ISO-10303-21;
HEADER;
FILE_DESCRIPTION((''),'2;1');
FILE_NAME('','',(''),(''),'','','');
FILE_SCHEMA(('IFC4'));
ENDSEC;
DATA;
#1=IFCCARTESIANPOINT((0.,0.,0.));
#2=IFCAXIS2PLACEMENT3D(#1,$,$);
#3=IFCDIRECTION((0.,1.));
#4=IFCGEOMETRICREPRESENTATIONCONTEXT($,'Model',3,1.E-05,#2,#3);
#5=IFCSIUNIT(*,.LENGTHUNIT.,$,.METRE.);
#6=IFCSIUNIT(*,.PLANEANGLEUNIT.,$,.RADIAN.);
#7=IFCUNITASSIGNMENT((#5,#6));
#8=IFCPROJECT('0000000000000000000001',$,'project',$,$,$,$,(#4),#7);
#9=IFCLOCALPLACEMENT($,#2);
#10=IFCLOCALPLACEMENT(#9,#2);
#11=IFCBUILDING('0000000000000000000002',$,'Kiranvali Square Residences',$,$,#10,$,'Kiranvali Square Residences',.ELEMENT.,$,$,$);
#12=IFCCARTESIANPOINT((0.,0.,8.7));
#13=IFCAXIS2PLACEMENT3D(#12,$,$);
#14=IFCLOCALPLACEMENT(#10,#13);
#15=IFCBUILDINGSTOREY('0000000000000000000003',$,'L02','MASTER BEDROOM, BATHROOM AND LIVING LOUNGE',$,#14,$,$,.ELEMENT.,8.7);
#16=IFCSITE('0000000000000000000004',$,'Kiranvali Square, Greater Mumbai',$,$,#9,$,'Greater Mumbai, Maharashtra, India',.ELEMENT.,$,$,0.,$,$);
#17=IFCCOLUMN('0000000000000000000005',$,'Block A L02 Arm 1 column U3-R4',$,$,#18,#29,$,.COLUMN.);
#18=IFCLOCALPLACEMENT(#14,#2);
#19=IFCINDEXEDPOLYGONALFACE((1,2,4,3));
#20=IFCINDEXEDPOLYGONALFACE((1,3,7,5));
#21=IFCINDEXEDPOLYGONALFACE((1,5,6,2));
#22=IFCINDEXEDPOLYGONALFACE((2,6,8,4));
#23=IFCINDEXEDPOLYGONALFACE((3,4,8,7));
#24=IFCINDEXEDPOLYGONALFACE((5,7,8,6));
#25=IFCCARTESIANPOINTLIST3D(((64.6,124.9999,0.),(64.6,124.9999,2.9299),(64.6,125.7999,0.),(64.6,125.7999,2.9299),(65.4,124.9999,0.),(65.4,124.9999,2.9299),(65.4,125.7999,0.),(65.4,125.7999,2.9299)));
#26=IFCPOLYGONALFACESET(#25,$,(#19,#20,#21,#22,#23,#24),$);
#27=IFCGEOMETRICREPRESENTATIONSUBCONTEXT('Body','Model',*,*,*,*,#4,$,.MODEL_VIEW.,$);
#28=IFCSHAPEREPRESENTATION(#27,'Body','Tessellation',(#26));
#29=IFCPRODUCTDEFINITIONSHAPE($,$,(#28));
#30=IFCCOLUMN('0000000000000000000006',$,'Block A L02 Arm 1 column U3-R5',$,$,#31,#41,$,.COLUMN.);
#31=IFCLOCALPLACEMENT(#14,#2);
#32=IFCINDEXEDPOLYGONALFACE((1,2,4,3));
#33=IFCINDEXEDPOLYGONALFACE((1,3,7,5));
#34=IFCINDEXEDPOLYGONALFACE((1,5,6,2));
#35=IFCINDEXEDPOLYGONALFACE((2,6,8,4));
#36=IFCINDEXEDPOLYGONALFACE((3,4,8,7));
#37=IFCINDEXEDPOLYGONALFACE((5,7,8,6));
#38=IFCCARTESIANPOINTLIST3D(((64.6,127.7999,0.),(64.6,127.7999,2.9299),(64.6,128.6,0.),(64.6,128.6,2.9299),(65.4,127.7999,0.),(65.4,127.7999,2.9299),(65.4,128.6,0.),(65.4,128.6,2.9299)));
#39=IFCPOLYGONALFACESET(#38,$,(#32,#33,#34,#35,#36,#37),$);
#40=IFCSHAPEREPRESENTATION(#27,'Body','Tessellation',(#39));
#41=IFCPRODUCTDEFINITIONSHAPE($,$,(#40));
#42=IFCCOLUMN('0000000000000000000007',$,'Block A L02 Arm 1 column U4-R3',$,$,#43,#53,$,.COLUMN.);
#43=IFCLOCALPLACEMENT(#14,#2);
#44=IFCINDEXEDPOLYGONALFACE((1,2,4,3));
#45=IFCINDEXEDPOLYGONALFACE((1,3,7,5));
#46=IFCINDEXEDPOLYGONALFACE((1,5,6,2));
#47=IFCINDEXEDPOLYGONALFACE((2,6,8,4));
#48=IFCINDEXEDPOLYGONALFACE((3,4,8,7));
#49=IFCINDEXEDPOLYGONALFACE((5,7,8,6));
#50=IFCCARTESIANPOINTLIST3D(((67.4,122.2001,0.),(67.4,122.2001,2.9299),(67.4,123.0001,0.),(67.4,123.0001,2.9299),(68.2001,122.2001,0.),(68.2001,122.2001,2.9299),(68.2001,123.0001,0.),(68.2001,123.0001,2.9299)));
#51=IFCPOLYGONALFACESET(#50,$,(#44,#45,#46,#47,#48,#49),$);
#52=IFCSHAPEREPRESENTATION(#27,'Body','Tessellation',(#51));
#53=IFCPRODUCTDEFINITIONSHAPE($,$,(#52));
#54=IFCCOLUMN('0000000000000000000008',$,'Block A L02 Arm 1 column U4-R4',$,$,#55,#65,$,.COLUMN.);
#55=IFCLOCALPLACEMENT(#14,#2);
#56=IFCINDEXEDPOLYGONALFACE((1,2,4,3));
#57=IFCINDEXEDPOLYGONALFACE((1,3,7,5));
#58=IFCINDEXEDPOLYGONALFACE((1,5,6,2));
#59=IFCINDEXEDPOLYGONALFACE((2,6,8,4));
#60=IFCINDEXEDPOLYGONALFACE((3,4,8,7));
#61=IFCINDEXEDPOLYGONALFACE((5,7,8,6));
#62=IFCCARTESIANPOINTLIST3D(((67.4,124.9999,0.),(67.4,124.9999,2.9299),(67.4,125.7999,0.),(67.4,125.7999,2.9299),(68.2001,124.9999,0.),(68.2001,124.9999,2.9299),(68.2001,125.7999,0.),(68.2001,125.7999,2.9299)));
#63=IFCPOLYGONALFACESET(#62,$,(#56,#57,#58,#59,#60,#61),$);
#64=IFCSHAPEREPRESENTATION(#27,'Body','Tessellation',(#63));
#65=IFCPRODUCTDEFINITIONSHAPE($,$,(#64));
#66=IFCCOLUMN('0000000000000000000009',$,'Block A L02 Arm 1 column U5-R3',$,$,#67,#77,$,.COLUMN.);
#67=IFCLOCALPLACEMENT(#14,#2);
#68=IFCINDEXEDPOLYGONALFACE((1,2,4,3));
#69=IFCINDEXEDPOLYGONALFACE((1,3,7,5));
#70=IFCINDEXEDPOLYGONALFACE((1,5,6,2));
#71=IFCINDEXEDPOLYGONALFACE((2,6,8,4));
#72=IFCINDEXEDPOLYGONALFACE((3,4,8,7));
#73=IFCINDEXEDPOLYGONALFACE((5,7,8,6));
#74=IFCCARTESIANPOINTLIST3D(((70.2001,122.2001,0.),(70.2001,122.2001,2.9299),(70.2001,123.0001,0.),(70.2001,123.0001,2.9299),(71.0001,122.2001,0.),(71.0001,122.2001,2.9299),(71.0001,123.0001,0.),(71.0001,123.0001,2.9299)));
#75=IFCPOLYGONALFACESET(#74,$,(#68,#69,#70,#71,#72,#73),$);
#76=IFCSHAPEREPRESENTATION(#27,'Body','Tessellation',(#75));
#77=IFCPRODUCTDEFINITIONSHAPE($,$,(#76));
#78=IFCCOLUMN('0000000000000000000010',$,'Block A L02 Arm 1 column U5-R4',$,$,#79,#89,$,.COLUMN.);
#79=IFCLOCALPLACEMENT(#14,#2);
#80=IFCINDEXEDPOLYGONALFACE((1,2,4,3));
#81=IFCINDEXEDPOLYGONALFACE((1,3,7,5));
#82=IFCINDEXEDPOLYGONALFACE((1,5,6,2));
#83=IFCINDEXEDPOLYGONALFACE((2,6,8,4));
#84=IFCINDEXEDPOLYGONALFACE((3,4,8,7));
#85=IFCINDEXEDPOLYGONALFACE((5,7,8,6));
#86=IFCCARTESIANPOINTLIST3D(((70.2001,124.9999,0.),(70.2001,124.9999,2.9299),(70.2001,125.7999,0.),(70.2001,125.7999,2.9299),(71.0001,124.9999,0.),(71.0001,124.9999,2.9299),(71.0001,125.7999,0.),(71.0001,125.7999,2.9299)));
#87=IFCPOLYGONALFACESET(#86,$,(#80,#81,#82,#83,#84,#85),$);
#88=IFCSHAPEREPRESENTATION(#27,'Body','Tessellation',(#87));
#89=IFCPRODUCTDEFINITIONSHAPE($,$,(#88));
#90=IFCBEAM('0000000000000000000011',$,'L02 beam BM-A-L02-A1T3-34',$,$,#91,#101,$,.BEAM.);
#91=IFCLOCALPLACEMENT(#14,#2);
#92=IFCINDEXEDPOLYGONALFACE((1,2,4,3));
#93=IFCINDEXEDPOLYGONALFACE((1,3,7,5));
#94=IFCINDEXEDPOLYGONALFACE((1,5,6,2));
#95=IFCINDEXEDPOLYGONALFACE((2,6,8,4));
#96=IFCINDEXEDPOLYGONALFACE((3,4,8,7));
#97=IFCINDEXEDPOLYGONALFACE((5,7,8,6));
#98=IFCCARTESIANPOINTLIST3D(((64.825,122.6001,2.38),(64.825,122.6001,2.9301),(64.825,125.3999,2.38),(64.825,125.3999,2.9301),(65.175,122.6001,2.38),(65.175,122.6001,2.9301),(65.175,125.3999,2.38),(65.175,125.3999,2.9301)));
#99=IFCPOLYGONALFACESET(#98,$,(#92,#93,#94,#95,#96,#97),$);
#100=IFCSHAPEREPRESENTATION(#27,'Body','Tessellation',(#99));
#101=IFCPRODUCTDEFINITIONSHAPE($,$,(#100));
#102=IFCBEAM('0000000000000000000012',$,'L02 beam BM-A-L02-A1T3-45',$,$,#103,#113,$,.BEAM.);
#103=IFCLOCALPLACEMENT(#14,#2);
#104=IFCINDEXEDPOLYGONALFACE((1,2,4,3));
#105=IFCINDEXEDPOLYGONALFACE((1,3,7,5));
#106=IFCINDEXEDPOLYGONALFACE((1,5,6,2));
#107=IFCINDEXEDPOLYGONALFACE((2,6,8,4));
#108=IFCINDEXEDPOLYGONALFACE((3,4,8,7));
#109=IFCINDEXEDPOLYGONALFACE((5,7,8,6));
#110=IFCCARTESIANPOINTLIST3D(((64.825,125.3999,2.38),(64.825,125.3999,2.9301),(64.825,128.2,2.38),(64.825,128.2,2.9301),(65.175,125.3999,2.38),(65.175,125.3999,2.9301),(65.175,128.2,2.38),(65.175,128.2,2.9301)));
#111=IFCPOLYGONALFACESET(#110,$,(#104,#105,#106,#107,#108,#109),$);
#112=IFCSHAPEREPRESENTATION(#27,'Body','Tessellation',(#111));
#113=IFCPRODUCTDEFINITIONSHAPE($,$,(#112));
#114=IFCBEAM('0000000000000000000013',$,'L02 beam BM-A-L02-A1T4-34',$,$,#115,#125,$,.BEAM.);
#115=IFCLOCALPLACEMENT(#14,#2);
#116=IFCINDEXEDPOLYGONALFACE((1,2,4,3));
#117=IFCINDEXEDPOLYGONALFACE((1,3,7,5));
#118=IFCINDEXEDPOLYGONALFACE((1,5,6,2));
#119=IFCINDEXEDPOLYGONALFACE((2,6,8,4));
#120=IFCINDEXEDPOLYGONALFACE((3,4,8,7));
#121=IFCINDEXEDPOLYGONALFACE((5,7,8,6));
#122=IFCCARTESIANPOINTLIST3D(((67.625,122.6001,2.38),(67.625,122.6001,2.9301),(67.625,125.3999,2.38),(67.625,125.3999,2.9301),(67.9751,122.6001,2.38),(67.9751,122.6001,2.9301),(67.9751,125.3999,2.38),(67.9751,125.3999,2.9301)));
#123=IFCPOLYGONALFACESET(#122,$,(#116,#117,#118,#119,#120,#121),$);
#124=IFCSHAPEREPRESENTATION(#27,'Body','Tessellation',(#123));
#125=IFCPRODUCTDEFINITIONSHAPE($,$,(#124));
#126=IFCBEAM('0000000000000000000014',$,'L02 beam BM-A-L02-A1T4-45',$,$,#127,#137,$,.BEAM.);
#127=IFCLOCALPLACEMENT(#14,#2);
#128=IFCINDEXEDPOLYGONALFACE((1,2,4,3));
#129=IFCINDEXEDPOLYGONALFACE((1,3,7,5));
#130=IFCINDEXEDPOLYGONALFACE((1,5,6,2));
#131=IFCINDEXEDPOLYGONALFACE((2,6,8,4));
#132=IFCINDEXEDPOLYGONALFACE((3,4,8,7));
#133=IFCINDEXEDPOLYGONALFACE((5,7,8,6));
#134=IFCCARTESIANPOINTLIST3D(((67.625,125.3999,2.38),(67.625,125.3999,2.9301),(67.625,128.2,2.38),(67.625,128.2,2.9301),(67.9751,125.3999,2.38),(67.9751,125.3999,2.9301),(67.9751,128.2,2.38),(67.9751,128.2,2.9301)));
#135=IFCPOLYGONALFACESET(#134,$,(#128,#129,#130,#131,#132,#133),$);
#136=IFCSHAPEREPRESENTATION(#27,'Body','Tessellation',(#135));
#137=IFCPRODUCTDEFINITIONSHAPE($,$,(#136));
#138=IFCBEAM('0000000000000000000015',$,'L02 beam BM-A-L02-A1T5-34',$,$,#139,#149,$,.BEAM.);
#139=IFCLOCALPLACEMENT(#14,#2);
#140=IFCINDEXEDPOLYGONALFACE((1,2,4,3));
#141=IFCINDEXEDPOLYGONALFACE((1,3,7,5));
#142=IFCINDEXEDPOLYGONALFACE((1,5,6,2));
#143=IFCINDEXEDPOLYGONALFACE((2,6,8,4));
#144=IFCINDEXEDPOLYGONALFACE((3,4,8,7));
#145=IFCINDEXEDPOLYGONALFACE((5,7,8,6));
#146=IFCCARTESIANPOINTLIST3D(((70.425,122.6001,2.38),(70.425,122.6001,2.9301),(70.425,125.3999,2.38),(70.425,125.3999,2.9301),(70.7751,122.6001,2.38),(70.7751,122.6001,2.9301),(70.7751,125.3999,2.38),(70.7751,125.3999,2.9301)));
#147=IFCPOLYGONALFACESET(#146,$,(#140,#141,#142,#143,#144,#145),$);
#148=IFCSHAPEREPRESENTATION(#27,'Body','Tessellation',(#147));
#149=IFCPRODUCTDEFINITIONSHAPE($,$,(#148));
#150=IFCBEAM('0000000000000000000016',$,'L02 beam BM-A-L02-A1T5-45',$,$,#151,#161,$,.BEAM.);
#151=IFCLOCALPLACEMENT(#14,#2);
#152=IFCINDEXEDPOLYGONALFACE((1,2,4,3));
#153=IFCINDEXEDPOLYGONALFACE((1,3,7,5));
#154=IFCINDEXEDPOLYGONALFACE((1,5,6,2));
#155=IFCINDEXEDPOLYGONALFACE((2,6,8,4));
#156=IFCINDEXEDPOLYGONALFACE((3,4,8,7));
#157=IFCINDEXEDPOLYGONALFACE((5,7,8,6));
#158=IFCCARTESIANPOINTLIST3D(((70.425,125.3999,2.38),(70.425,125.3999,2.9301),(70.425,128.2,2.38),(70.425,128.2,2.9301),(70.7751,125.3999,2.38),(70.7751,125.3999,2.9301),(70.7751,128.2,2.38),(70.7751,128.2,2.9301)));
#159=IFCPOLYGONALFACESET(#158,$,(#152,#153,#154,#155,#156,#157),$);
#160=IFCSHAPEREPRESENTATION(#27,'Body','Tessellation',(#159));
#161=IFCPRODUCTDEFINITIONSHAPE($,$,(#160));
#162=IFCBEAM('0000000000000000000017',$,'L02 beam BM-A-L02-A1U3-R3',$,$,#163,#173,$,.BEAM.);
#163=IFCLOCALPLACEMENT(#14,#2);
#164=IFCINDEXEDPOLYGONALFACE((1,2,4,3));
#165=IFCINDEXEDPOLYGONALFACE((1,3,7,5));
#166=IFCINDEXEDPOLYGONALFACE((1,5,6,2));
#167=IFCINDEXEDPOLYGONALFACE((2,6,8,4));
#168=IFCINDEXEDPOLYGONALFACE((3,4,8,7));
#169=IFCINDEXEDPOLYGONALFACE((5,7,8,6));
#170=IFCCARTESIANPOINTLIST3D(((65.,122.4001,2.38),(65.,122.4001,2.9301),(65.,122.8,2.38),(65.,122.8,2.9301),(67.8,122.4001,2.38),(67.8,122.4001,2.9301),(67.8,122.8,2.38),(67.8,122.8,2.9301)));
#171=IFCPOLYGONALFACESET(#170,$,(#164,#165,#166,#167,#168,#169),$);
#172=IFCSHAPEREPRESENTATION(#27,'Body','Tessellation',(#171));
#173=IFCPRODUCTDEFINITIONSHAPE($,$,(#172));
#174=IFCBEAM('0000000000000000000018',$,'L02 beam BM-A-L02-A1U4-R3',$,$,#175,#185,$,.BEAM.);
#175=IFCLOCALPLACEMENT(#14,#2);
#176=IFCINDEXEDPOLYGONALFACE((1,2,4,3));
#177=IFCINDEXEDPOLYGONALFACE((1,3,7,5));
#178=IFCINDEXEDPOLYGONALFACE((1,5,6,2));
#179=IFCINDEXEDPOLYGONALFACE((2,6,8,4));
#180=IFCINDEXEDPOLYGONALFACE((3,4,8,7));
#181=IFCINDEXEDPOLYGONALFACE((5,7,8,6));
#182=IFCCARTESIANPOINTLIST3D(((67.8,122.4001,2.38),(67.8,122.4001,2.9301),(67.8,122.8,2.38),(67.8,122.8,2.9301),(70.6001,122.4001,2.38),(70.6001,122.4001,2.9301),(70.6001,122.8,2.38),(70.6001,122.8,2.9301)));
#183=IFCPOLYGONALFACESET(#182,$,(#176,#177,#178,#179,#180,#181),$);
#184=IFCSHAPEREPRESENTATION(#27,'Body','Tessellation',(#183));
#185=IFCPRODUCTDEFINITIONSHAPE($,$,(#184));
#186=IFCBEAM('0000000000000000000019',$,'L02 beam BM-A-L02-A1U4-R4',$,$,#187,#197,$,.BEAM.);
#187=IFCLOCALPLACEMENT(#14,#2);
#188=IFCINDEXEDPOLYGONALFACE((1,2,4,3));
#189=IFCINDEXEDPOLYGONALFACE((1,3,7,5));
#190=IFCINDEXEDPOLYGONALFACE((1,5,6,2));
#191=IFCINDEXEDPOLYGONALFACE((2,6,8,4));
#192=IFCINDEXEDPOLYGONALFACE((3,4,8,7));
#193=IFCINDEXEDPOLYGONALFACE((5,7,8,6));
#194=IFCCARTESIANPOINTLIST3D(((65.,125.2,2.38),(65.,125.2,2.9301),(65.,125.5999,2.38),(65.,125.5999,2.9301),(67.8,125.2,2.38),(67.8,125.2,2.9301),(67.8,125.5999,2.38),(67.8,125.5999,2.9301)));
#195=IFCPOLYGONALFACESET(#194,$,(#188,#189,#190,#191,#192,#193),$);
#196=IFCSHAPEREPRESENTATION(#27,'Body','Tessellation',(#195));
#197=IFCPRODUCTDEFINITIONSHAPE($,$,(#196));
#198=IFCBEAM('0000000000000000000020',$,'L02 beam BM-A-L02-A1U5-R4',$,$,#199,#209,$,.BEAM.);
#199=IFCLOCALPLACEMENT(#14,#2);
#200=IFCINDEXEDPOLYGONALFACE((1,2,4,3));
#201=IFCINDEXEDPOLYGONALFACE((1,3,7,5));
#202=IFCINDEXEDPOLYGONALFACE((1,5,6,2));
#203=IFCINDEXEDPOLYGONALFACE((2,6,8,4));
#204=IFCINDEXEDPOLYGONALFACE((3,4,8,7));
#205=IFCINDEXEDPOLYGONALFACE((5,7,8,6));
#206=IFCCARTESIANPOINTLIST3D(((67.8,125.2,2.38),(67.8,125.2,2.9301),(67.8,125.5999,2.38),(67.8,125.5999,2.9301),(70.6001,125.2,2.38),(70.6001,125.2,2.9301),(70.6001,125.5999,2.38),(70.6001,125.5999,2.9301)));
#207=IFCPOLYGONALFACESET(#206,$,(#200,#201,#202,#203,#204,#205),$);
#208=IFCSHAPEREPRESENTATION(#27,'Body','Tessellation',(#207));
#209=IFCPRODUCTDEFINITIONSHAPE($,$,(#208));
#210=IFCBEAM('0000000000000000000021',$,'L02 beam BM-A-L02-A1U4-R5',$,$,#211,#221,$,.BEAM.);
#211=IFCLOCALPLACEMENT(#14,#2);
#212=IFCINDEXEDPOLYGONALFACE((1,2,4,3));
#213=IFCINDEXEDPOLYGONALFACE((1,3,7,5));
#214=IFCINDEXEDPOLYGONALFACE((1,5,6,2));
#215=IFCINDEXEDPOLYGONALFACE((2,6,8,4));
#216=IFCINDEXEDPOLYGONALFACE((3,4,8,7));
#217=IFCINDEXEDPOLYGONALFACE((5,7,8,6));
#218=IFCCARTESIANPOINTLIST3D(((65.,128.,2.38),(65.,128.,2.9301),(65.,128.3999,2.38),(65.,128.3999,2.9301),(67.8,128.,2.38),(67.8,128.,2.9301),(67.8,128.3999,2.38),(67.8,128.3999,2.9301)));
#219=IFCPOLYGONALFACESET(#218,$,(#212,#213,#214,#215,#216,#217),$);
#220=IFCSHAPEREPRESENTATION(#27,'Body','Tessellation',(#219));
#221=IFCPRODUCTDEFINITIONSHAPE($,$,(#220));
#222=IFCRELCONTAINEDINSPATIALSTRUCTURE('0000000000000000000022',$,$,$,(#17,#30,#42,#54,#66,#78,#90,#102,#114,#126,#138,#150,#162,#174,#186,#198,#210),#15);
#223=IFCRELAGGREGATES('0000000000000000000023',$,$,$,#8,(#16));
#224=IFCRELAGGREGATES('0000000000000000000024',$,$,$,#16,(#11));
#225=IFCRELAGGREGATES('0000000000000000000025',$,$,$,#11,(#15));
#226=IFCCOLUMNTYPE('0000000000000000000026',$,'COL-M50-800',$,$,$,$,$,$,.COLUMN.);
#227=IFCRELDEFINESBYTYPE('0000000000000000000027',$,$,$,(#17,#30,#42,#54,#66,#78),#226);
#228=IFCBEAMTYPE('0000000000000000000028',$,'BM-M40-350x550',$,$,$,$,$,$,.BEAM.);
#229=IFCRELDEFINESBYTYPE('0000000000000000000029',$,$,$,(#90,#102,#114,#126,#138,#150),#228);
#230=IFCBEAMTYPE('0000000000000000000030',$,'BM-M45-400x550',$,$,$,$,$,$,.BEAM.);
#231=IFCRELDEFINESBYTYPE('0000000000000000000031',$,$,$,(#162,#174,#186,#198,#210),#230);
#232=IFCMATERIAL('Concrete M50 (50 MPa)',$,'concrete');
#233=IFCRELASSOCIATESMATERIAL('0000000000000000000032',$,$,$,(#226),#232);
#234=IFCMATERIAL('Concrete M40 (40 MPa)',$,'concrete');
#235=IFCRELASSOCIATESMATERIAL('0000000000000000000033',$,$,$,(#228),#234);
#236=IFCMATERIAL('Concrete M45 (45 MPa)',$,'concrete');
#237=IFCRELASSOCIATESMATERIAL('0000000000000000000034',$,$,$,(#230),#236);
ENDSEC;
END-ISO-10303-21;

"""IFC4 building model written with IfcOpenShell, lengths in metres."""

from ifc_helpers import new_model, si_unit, direction, frame, origin, origin_2d, place, context, subcontext, project, spatial, rectangle, extrude, material, material_profile, profile_set, type_object, element, save


model = new_model("IFC4")

# Units and contexts
model_context = context("Model", 3, precision=1e-05, world=origin(), true_north=direction((0.0, 1.0)))
body_context = subcontext(model_context, "Body", "Model", "MODEL_VIEW")
ifc_project = project(units=[si_unit("LENGTHUNIT", "METRE"), si_unit("PLANEANGLEUNIT", "RADIAN")], contexts=[model_context])

# Site, building, storey
site_placement = place(None, origin())
site = spatial("IfcSite", under=ifc_project, at=site_placement, Name="Kiranvali Square, Greater Mumbai", LongName="Greater Mumbai, Maharashtra, India", CompositionType="ELEMENT", RefElevation=0.0)
building_placement = place(site_placement, origin())
building = spatial("IfcBuilding", under=site, at=building_placement, Name="Kiranvali Square Residences", LongName="Kiranvali Square Residences", CompositionType="ELEMENT")
storey_placement = place(building_placement, frame((0.0, 0.0, 8.7)))
storey = spatial("IfcBuildingStorey", under=building, at=storey_placement, Name="L02", Description="MASTER BEDROOM, BATHROOM AND LIVING LOUNGE", CompositionType="ELEMENT", Elevation=8.7)

# Columns
ifc_material_1 = material(Name="Concrete M50 (50 MPa)", Category="concrete")
ifc_material_profile_1 = material_profile(ifc_material_1, rectangle(XDim=0.8, YDim=0.8, at=origin_2d()), Name="RC 800x800")
ifc_profile_set_1 = profile_set([ifc_material_profile_1], Name="Concrete M50 (50 MPa)")
column_type = type_object("IfcColumnType", Name="COL-M50-800", PredefinedType="COLUMN", material=ifc_profile_set_1)
for number, where, z_axis, x_axis, name in (
    (1, (65.0, 125.3999, 0.0), (0.0, 0.0, 1.0), (1.0, 0.0, 0.0), "Block A L02 Arm 1 column U3-R4"),
    (2, (65.0, 128.2, 0.0), (0.0, 0.0, 1.0), (1.0, 0.0, 0.0), "Block A L02 Arm 1 column U3-R5"),
    (3, (67.8, 122.6001, 0.0), (0.0, 0.0, 1.0), (1.0, 0.0, 0.0), "Block A L02 Arm 1 column U4-R3"),
    (4, (67.8, 125.3999, 0.0), (0.0, 0.0, 1.0), (1.0, 0.0, 0.0), "Block A L02 Arm 1 column U4-R4"),
    (5, (70.6001, 122.6001, 0.0), (0.0, 0.0, 1.0), (1.0, 0.0, 0.0), "Block A L02 Arm 1 column U5-R3"),
    (6, (70.6001, 125.3999, 0.0), (0.0, 0.0, 1.0), (1.0, 0.0, 0.0), "Block A L02 Arm 1 column U5-R4"),
):
    element("IfcColumn", number, at=place(storey_placement, frame(where, z_axis=z_axis, x_axis=x_axis)), inside=storey, type_object=column_type, Name=name, PredefinedType="COLUMN", context=body_context, shape_type="SweptSolid", body=[
        extrude(rectangle(XDim=0.8, YDim=0.8, at=origin_2d()), origin(), (0.0, 0.0, 1.0), 2.9299),
    ])

# Beams
ifc_material_2 = material(Name="Concrete M40 (40 MPa)", Category="concrete")
ifc_material_profile_2 = material_profile(ifc_material_2, rectangle(XDim=0.3501, YDim=0.55, at=origin_2d()), Name="RC 350x550")
ifc_profile_set_2 = profile_set([ifc_material_profile_2], Name="Concrete M40 (40 MPa)")
beam_type_1 = type_object("IfcBeamType", Name="BM-M40-350x550", PredefinedType="BEAM", material=ifc_profile_set_2)
beam_1_placement = place(storey_placement, frame((65.0, 122.6001, 2.655), z_axis=(0.0, 1.0, 0.0), x_axis=(-1.0, 0.0, 0.0)))
element("IfcBeam", 7, at=beam_1_placement, inside=storey, type_object=beam_type_1, Name="L02 beam BM-A-L02-A1T3-34", PredefinedType="BEAM", context=body_context, shape_type="SweptSolid", body=[
    extrude(rectangle(XDim=0.3501, YDim=0.55, at=origin_2d()), origin(), (0.0, 0.0, 1.0), 2.7998),
])
beam_2_placement = place(storey_placement, frame((65.0, 125.3999, 2.655), z_axis=(0.0, 1.0, 0.0), x_axis=(-1.0, 0.0, 0.0)))
element("IfcBeam", 8, at=beam_2_placement, inside=storey, type_object=beam_type_1, Name="L02 beam BM-A-L02-A1T3-45", PredefinedType="BEAM", context=body_context, shape_type="SweptSolid", body=[
    extrude(rectangle(XDim=0.3501, YDim=0.55, at=origin_2d()), origin(), (0.0, 0.0, 1.0), 2.8),
])
beam_3_placement = place(storey_placement, frame((67.8, 122.6001, 2.655), z_axis=(0.0, 1.0, 0.0), x_axis=(-1.0, 0.0, 0.0)))
element("IfcBeam", 9, at=beam_3_placement, inside=storey, type_object=beam_type_1, Name="L02 beam BM-A-L02-A1T4-34", PredefinedType="BEAM", context=body_context, shape_type="SweptSolid", body=[
    extrude(rectangle(XDim=0.3501, YDim=0.55, at=origin_2d()), origin(), (0.0, 0.0, 1.0), 2.7998),
])
beam_4_placement = place(storey_placement, frame((67.8, 125.3999, 2.655), z_axis=(0.0, 1.0, 0.0), x_axis=(-1.0, 0.0, 0.0)))
element("IfcBeam", 10, at=beam_4_placement, inside=storey, type_object=beam_type_1, Name="L02 beam BM-A-L02-A1T4-45", PredefinedType="BEAM", context=body_context, shape_type="SweptSolid", body=[
    extrude(rectangle(XDim=0.3501, YDim=0.55, at=origin_2d()), origin(), (0.0, 0.0, 1.0), 2.8),
])
beam_5_placement = place(storey_placement, frame((70.6001, 122.6001, 2.655), z_axis=(0.0, 1.0, 0.0), x_axis=(-1.0, 0.0, 0.0)))
element("IfcBeam", 11, at=beam_5_placement, inside=storey, type_object=beam_type_1, Name="L02 beam BM-A-L02-A1T5-34", PredefinedType="BEAM", context=body_context, shape_type="SweptSolid", body=[
    extrude(rectangle(XDim=0.3501, YDim=0.55, at=origin_2d()), origin(), (0.0, 0.0, 1.0), 2.7998),
])
beam_6_placement = place(storey_placement, frame((70.6001, 125.3999, 2.655), z_axis=(0.0, 1.0, 0.0), x_axis=(-1.0, 0.0, 0.0)))
element("IfcBeam", 12, at=beam_6_placement, inside=storey, type_object=beam_type_1, Name="L02 beam BM-A-L02-A1T5-45", PredefinedType="BEAM", context=body_context, shape_type="SweptSolid", body=[
    extrude(rectangle(XDim=0.3501, YDim=0.55, at=origin_2d()), origin(), (0.0, 0.0, 1.0), 2.8),
])
ifc_material_3 = material(Name="Concrete M45 (45 MPa)", Category="concrete")
ifc_material_profile_3 = material_profile(ifc_material_3, rectangle(XDim=0.3999, YDim=0.55, at=origin_2d()), Name="RC 400x550")
ifc_profile_set_3 = profile_set([ifc_material_profile_3], Name="Concrete M45 (45 MPa)")
beam_type_2 = type_object("IfcBeamType", Name="BM-M45-400x550", PredefinedType="BEAM", material=ifc_profile_set_3)
for number, where, z_axis, x_axis, name in (
    (13, (65.0, 122.6001, 2.655), (1.0, 0.0, 0.0), (0.0, 1.0, 0.0), "L02 beam BM-A-L02-A1U3-R3"),
    (14, (67.8, 122.6001, 2.655), (1.0, 0.0, 0.0), (0.0, 1.0, 0.0), "L02 beam BM-A-L02-A1U4-R3"),
    (15, (65.0, 125.3999, 2.655), (1.0, 0.0, 0.0), (0.0, 1.0, 0.0), "L02 beam BM-A-L02-A1U4-R4"),
    (16, (67.8, 125.3999, 2.655), (1.0, 0.0, 0.0), (0.0, 1.0, 0.0), "L02 beam BM-A-L02-A1U5-R4"),
    (17, (65.0, 128.2, 2.655), (1.0, 0.0, 0.0), (0.0, 1.0, 0.0), "L02 beam BM-A-L02-A1U4-R5"),
):
    element("IfcBeam", number, at=place(storey_placement, frame(where, z_axis=z_axis, x_axis=x_axis)), inside=storey, type_object=beam_type_2, Name=name, PredefinedType="BEAM", context=body_context, shape_type="SweptSolid", body=[
        extrude(rectangle(XDim=0.3999, YDim=0.55, at=origin_2d()), origin(), (0.0, 0.0, 1.0), 2.8),
    ])

save(model, "model.ifc")
